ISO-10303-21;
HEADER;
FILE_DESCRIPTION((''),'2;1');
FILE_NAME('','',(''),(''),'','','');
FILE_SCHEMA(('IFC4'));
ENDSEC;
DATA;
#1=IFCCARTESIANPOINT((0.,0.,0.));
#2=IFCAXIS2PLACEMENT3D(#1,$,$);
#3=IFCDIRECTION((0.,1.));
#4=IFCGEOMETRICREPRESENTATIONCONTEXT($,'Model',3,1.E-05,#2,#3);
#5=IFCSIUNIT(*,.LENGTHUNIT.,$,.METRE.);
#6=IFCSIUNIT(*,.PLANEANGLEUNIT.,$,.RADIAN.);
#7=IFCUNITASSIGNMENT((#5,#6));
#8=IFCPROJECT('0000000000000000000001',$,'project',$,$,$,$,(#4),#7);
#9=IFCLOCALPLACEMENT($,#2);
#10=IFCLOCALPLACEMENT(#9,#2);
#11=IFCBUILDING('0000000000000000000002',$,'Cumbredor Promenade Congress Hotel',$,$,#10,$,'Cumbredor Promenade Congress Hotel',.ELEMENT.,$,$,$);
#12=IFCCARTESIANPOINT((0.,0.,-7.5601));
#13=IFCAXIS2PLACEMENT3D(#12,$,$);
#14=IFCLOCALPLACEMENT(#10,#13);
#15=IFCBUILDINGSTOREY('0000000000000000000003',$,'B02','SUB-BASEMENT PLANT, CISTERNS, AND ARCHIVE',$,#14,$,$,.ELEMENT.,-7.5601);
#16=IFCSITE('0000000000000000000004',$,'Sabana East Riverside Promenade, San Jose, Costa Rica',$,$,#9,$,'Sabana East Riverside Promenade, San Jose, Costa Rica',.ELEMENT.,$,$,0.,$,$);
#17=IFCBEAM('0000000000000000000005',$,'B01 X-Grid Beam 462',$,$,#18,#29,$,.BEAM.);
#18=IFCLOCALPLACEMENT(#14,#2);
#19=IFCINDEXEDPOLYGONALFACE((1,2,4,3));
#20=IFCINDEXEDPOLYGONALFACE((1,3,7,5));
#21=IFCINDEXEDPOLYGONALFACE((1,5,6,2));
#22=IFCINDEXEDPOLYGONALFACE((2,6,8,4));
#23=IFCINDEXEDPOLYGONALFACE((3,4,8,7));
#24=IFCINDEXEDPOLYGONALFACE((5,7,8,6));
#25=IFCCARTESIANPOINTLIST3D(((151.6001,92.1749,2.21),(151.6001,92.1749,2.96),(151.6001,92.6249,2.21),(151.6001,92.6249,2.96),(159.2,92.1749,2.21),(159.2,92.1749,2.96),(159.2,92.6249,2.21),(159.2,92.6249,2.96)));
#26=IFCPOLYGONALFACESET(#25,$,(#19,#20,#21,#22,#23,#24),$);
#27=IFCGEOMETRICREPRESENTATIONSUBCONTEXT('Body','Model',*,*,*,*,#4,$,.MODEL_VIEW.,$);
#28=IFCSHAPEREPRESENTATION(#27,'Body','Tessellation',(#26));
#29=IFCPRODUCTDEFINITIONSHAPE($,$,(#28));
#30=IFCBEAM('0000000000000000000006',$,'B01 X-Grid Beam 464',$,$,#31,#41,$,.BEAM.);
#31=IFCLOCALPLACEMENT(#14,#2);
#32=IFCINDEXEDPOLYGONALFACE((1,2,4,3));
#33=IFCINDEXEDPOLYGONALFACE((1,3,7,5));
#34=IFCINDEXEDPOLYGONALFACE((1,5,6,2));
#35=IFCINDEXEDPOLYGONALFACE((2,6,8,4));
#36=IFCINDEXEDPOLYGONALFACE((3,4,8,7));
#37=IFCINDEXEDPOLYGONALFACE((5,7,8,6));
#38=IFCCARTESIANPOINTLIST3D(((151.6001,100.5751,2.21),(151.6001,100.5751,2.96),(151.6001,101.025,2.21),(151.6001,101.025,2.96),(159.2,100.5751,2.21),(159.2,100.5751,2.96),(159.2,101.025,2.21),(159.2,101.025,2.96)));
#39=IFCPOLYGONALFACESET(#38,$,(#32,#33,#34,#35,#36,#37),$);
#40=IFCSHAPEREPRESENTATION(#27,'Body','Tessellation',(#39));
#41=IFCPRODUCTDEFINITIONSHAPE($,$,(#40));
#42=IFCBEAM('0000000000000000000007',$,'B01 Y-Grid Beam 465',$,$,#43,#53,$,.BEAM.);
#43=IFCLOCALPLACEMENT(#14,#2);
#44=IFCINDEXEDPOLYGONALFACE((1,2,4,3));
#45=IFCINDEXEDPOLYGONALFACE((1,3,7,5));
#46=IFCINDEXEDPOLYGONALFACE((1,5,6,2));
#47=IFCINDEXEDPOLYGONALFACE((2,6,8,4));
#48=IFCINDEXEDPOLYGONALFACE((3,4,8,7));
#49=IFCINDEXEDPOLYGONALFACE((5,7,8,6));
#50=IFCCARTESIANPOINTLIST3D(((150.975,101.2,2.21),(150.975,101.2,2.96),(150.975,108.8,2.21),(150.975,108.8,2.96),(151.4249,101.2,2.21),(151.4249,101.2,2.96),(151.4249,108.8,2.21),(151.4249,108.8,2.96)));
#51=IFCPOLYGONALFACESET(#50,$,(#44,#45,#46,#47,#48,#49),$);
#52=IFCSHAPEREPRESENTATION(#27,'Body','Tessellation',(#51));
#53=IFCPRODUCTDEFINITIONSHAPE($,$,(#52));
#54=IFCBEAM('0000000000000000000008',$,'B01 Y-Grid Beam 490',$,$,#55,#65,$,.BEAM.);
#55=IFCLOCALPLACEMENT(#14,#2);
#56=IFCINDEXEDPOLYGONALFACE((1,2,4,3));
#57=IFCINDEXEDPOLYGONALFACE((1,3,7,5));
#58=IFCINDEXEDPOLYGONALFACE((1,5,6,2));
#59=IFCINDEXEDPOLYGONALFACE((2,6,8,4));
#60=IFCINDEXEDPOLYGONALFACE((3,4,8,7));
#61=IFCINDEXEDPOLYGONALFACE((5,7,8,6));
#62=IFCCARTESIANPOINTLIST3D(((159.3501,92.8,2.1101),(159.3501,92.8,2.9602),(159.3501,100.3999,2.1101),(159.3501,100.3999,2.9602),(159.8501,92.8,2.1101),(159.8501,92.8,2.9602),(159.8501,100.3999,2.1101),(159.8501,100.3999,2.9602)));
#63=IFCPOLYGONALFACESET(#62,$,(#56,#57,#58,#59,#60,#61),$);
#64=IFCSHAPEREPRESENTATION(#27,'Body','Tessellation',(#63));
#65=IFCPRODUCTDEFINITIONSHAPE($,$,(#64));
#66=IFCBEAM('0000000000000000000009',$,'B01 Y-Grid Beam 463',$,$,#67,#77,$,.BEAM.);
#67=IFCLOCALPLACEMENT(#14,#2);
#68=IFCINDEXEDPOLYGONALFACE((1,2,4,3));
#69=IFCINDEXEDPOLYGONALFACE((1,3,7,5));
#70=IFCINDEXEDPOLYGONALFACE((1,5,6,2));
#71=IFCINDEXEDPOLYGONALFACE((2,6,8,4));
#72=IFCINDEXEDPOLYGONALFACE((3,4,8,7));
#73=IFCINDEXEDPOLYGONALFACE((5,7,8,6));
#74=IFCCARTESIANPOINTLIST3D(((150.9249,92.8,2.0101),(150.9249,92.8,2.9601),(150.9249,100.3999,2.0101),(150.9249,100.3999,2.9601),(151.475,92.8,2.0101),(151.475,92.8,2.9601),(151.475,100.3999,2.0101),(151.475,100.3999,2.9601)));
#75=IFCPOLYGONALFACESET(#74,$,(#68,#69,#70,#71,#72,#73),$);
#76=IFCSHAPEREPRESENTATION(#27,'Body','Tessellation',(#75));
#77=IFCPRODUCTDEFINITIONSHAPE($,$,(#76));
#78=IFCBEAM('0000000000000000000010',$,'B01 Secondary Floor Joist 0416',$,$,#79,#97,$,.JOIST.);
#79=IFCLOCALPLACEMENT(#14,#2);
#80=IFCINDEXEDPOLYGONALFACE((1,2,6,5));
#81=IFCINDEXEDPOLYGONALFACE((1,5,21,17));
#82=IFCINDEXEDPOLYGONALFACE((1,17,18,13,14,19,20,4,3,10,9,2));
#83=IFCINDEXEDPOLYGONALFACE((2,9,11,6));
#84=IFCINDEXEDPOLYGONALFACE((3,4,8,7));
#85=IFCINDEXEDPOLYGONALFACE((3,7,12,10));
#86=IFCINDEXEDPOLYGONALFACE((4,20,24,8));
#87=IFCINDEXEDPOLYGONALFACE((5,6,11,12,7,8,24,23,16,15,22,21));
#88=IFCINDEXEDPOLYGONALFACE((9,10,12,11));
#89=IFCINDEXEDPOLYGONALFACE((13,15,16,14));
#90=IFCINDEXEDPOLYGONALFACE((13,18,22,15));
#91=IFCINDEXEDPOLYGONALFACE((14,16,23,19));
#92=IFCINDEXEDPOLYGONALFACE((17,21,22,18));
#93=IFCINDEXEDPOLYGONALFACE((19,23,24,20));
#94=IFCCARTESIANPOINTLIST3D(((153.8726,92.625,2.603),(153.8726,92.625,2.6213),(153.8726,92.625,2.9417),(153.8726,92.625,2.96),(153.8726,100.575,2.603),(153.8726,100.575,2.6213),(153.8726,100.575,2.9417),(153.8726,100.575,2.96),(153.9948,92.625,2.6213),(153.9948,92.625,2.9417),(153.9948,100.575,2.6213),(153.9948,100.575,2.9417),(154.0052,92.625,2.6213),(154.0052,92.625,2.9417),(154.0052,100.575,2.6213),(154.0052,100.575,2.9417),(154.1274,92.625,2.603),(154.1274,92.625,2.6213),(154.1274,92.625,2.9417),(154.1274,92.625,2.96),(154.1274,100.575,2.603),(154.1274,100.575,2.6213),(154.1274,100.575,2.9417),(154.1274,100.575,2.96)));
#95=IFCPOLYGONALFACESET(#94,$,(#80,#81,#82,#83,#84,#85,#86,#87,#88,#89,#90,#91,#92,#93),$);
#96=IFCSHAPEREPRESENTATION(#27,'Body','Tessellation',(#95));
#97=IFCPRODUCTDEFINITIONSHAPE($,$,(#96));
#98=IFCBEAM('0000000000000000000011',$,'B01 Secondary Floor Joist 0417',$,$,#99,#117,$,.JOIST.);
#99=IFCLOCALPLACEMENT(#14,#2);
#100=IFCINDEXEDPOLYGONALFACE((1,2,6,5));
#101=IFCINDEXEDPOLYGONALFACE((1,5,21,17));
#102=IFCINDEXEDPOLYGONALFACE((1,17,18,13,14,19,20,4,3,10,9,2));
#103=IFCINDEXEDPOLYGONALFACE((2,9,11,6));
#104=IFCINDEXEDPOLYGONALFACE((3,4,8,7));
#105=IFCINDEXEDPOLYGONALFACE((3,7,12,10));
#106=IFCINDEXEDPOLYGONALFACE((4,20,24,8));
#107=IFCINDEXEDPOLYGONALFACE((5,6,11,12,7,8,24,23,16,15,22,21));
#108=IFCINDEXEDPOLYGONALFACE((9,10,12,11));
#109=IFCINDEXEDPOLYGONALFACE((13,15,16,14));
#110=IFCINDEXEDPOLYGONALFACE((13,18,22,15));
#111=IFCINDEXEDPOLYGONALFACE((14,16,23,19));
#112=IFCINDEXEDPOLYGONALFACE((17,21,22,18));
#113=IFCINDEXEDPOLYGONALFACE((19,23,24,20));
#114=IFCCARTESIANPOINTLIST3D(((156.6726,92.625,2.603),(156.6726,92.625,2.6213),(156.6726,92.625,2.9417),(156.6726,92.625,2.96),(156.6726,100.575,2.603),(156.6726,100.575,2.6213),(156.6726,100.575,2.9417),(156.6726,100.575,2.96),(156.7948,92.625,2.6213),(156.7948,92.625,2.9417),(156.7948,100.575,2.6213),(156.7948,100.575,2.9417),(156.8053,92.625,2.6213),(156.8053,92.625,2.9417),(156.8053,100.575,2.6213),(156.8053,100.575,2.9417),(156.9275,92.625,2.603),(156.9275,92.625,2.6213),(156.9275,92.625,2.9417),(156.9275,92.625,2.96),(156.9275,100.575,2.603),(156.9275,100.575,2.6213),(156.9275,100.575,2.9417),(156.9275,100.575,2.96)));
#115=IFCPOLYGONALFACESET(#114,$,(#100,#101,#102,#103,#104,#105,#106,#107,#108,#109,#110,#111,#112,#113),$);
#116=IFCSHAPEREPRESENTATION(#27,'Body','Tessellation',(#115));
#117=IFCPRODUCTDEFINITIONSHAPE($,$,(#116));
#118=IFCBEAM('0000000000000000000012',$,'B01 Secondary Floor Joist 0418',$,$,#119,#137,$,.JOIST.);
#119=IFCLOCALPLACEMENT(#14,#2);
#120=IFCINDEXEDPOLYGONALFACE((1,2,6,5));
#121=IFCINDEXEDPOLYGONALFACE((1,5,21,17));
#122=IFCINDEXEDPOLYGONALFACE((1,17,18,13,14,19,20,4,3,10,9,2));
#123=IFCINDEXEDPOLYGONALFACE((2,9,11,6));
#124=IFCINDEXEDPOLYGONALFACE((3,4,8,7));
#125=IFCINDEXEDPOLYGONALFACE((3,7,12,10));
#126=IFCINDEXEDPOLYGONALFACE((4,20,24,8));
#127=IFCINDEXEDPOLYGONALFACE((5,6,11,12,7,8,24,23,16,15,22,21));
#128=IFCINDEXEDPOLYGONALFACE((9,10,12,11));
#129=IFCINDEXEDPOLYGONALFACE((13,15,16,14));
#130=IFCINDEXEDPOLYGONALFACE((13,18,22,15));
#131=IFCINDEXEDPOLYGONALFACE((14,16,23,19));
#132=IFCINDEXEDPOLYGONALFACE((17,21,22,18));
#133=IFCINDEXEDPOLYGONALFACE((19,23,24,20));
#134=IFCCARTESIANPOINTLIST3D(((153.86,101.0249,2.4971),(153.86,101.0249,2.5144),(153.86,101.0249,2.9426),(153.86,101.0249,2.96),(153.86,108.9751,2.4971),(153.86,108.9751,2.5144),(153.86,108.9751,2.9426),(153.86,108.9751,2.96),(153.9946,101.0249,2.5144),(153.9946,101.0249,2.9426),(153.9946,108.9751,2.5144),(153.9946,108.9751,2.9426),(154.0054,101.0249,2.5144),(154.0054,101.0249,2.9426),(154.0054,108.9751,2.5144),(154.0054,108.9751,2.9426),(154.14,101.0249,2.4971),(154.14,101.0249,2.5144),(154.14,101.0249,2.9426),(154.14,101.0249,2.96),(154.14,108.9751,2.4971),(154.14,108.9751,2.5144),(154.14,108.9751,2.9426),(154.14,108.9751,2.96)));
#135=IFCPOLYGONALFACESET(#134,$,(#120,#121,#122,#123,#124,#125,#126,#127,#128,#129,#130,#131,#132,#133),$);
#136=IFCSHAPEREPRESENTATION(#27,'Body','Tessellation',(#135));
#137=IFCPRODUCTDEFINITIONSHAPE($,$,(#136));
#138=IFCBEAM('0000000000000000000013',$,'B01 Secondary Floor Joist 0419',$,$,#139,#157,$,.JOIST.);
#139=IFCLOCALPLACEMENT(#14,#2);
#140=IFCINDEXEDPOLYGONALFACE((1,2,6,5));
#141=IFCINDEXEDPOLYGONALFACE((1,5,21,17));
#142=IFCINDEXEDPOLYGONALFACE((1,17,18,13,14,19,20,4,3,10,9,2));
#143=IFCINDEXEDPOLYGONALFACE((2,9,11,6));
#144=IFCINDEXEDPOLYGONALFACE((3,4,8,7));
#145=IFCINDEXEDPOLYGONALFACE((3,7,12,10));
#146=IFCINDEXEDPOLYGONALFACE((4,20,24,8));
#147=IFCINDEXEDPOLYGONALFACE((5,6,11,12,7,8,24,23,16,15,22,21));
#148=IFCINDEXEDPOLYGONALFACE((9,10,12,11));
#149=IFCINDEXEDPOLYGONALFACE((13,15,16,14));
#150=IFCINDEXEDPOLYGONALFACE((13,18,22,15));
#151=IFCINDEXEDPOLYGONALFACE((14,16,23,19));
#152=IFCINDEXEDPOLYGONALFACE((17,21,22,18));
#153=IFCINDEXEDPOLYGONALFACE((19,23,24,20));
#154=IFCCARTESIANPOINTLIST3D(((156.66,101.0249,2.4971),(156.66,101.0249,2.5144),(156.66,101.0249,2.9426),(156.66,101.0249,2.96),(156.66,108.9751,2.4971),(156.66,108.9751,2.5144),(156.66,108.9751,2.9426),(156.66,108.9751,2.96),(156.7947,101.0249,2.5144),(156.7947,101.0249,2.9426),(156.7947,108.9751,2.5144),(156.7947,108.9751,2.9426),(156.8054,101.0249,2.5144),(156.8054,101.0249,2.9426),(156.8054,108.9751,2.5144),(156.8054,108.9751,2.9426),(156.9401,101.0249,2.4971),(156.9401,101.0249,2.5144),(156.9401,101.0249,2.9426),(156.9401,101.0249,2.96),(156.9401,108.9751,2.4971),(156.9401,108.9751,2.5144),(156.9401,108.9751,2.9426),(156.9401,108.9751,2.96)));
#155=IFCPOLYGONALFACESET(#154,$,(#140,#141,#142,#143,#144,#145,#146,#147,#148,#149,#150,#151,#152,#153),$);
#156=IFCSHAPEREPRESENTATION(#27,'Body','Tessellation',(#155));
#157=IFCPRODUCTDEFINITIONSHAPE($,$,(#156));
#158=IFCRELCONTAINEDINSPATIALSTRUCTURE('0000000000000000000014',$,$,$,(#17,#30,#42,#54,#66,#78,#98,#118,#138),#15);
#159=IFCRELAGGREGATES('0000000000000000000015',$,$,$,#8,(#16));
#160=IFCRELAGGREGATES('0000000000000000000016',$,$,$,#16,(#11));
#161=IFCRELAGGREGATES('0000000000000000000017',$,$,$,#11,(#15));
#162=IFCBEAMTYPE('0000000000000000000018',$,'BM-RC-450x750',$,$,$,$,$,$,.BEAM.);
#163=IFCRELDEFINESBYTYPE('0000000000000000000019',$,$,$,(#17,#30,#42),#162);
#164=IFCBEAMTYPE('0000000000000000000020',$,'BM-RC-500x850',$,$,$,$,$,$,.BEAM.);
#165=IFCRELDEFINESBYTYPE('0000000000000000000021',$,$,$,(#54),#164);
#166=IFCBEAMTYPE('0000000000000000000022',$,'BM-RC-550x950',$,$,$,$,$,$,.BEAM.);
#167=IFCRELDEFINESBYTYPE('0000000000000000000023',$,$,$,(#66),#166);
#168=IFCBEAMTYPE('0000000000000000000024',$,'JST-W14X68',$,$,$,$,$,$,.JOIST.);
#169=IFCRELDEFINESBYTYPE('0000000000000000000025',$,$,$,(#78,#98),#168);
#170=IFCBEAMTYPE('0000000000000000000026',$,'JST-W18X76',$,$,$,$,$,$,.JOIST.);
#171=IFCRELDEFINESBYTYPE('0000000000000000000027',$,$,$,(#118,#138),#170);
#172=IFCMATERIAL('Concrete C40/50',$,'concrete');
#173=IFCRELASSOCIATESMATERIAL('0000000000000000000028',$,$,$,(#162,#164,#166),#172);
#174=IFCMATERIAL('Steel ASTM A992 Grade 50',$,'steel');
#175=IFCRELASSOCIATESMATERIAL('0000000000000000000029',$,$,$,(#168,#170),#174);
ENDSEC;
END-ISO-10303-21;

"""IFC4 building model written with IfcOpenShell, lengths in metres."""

from ifc_helpers import new_model, si_unit, direction, frame, origin, origin_2d, place, context, subcontext, project, spatial, rectangle, i_section, extrude, material, material_profile, profile_set, type_object, element, save


model = new_model("IFC4")

# Units and contexts
model_context = context("Model", 3, precision=1e-05, world=origin(), true_north=direction((0.0, 1.0)))
body_context = subcontext(model_context, "Body", "Model", "MODEL_VIEW")
ifc_project = project(units=[si_unit("LENGTHUNIT", "METRE"), si_unit("PLANEANGLEUNIT", "RADIAN")], contexts=[model_context])

# Site, building, storey
site_placement = place(None, origin())
site = spatial("IfcSite", under=ifc_project, at=site_placement, Name="Sabana East Riverside Promenade, San Jose, Costa Rica", LongName="Sabana East Riverside Promenade, San Jose, Costa Rica", CompositionType="ELEMENT", RefElevation=0.0)
building_placement = place(site_placement, origin())
building = spatial("IfcBuilding", under=site, at=building_placement, Name="Cumbredor Promenade Congress Hotel", LongName="Cumbredor Promenade Congress Hotel", CompositionType="ELEMENT")
storey_placement = place(building_placement, frame((0.0, 0.0, -7.5601)))
storey = spatial("IfcBuildingStorey", under=building, at=storey_placement, Name="B02", Description="SUB-BASEMENT PLANT, CISTERNS, AND ARCHIVE", CompositionType="ELEMENT", Elevation=-7.5601)

# Shared definitions
ifc_material_1 = material(Name="Concrete C40/50", Category="concrete")

# Beams
ifc_material_profile_1 = material_profile(ifc_material_1, rectangle(XDim=0.45, YDim=0.75, at=origin_2d()), Name="RC BEAM 450x750")
ifc_profile_set_1 = profile_set([ifc_material_profile_1], Name="Concrete C40/50")
beam_type_1 = type_object("IfcBeamType", Name="BM-RC-450x750", PredefinedType="BEAM", material=ifc_profile_set_1)
for number, where, z_axis, x_axis, name in (
    (1, (151.6001, 92.3999, 2.585), (1.0, 0.0, 0.0), (0.0, 1.0, 0.0), "B01 X-Grid Beam 462"),
    (2, (151.6001, 100.8, 2.585), (1.0, 0.0, 0.0), (0.0, 1.0, 0.0), "B01 X-Grid Beam 464"),
):
    element("IfcBeam", number, at=place(storey_placement, frame(where, z_axis=z_axis, x_axis=x_axis)), inside=storey, type_object=beam_type_1, Name=name, PredefinedType="BEAM", context=body_context, shape_type="SweptSolid", body=[
        extrude(rectangle(XDim=0.45, YDim=0.75, at=origin_2d()), origin(), (0.0, 0.0, 1.0), 7.5999),
    ])
beam_1_placement = place(storey_placement, frame((151.2, 101.2, 2.585), z_axis=(0.0, 1.0, 0.0), x_axis=(-1.0, 0.0, 0.0)))
element("IfcBeam", 3, at=beam_1_placement, inside=storey, type_object=beam_type_1, Name="B01 Y-Grid Beam 465", PredefinedType="BEAM", context=body_context, shape_type="SweptSolid", body=[
    extrude(rectangle(XDim=0.45, YDim=0.75, at=origin_2d()), origin(), (0.0, 0.0, 1.0), 7.6001),
])
ifc_material_profile_2 = material_profile(ifc_material_1, rectangle(XDim=0.5, YDim=0.8501, at=origin_2d()), Name="RC BEAM 500x850")
ifc_profile_set_2 = profile_set([ifc_material_profile_2], Name="Concrete C40/50")
beam_type_2 = type_object("IfcBeamType", Name="BM-RC-500x850", PredefinedType="BEAM", material=ifc_profile_set_2)
beam_2_placement = place(storey_placement, frame((159.6001, 92.8, 2.5352), z_axis=(0.0, 1.0, 0.0), x_axis=(-1.0, 0.0, 0.0)))
element("IfcBeam", 4, at=beam_2_placement, inside=storey, type_object=beam_type_2, Name="B01 Y-Grid Beam 490", PredefinedType="BEAM", context=body_context, shape_type="SweptSolid", body=[
    extrude(rectangle(XDim=0.5, YDim=0.8501, at=origin_2d()), origin(), (0.0, 0.0, 1.0), 7.5999),
])
ifc_material_profile_3 = material_profile(ifc_material_1, rectangle(XDim=0.55, YDim=0.95, at=origin_2d()), Name="RC BEAM 550x950")
ifc_profile_set_3 = profile_set([ifc_material_profile_3], Name="Concrete C40/50")
beam_type_3 = type_object("IfcBeamType", Name="BM-RC-550x950", PredefinedType="BEAM", material=ifc_profile_set_3)
beam_3_placement = place(storey_placement, frame((151.2, 92.8, 2.4851), z_axis=(0.0, 1.0, 0.0), x_axis=(-1.0, 0.0, 0.0)))
element("IfcBeam", 5, at=beam_3_placement, inside=storey, type_object=beam_type_3, Name="B01 Y-Grid Beam 463", PredefinedType="BEAM", context=body_context, shape_type="SweptSolid", body=[
    extrude(rectangle(XDim=0.55, YDim=0.95, at=origin_2d()), origin(), (0.0, 0.0, 1.0), 7.5999),
])
ifc_material_2 = material(Name="Steel ASTM A992 Grade 50", Category="steel")
ifc_material_profile_4 = material_profile(ifc_material_2, i_section(OverallWidth=0.2549, OverallDepth=0.3569, WebThickness=0.0105, FlangeThickness=0.0183, at=origin_2d()), Name="W14X68")
ifc_profile_set_4 = profile_set([ifc_material_profile_4], Name="Steel ASTM A992 Grade 50")
beam_type_4 = type_object("IfcBeamType", Name="JST-W14X68", PredefinedType="JOIST", material=ifc_profile_set_4)
for number, where, z_axis, x_axis, name in (
    (6, (154.0, 92.625, 2.7815), (0.0, 1.0, 0.0), (-1.0, 0.0, 0.0), "B01 Secondary Floor Joist 0416"),
    (7, (156.8, 92.625, 2.7815), (0.0, 1.0, 0.0), (-1.0, 0.0, 0.0), "B01 Secondary Floor Joist 0417"),
):
    element("IfcBeam", number, at=place(storey_placement, frame(where, z_axis=z_axis, x_axis=x_axis)), inside=storey, type_object=beam_type_4, Name=name, PredefinedType="JOIST", context=body_context, shape_type="SweptSolid", body=[
        extrude(i_section(OverallWidth=0.2549, OverallDepth=0.3569, WebThickness=0.0105, FlangeThickness=0.0183, at=origin_2d()), origin(), (0.0, 0.0, 1.0), 7.95),
    ])
ifc_material_profile_5 = material_profile(ifc_material_2, i_section(OverallWidth=0.28, OverallDepth=0.4629, WebThickness=0.0107, FlangeThickness=0.0173, at=origin_2d()), Name="W18X76")
ifc_profile_set_5 = profile_set([ifc_material_profile_5], Name="Steel ASTM A992 Grade 50")
beam_type_5 = type_object("IfcBeamType", Name="JST-W18X76", PredefinedType="JOIST", material=ifc_profile_set_5)
for number, where, z_axis, x_axis, name in (
    (8, (154.0, 101.0249, 2.7285), (0.0, 1.0, 0.0), (-1.0, 0.0, 0.0), "B01 Secondary Floor Joist 0418"),
    (9, (156.8, 101.0249, 2.7285), (0.0, 1.0, 0.0), (-1.0, 0.0, 0.0), "B01 Secondary Floor Joist 0419"),
):
    element("IfcBeam", number, at=place(storey_placement, frame(where, z_axis=z_axis, x_axis=x_axis)), inside=storey, type_object=beam_type_5, Name=name, PredefinedType="JOIST", context=body_context, shape_type="SweptSolid", body=[
        extrude(i_section(OverallWidth=0.28, OverallDepth=0.4629, WebThickness=0.0107, FlangeThickness=0.0173, at=origin_2d()), origin(), (0.0, 0.0, 1.0), 7.9502),
    ])

save(model, "model.ifc")
